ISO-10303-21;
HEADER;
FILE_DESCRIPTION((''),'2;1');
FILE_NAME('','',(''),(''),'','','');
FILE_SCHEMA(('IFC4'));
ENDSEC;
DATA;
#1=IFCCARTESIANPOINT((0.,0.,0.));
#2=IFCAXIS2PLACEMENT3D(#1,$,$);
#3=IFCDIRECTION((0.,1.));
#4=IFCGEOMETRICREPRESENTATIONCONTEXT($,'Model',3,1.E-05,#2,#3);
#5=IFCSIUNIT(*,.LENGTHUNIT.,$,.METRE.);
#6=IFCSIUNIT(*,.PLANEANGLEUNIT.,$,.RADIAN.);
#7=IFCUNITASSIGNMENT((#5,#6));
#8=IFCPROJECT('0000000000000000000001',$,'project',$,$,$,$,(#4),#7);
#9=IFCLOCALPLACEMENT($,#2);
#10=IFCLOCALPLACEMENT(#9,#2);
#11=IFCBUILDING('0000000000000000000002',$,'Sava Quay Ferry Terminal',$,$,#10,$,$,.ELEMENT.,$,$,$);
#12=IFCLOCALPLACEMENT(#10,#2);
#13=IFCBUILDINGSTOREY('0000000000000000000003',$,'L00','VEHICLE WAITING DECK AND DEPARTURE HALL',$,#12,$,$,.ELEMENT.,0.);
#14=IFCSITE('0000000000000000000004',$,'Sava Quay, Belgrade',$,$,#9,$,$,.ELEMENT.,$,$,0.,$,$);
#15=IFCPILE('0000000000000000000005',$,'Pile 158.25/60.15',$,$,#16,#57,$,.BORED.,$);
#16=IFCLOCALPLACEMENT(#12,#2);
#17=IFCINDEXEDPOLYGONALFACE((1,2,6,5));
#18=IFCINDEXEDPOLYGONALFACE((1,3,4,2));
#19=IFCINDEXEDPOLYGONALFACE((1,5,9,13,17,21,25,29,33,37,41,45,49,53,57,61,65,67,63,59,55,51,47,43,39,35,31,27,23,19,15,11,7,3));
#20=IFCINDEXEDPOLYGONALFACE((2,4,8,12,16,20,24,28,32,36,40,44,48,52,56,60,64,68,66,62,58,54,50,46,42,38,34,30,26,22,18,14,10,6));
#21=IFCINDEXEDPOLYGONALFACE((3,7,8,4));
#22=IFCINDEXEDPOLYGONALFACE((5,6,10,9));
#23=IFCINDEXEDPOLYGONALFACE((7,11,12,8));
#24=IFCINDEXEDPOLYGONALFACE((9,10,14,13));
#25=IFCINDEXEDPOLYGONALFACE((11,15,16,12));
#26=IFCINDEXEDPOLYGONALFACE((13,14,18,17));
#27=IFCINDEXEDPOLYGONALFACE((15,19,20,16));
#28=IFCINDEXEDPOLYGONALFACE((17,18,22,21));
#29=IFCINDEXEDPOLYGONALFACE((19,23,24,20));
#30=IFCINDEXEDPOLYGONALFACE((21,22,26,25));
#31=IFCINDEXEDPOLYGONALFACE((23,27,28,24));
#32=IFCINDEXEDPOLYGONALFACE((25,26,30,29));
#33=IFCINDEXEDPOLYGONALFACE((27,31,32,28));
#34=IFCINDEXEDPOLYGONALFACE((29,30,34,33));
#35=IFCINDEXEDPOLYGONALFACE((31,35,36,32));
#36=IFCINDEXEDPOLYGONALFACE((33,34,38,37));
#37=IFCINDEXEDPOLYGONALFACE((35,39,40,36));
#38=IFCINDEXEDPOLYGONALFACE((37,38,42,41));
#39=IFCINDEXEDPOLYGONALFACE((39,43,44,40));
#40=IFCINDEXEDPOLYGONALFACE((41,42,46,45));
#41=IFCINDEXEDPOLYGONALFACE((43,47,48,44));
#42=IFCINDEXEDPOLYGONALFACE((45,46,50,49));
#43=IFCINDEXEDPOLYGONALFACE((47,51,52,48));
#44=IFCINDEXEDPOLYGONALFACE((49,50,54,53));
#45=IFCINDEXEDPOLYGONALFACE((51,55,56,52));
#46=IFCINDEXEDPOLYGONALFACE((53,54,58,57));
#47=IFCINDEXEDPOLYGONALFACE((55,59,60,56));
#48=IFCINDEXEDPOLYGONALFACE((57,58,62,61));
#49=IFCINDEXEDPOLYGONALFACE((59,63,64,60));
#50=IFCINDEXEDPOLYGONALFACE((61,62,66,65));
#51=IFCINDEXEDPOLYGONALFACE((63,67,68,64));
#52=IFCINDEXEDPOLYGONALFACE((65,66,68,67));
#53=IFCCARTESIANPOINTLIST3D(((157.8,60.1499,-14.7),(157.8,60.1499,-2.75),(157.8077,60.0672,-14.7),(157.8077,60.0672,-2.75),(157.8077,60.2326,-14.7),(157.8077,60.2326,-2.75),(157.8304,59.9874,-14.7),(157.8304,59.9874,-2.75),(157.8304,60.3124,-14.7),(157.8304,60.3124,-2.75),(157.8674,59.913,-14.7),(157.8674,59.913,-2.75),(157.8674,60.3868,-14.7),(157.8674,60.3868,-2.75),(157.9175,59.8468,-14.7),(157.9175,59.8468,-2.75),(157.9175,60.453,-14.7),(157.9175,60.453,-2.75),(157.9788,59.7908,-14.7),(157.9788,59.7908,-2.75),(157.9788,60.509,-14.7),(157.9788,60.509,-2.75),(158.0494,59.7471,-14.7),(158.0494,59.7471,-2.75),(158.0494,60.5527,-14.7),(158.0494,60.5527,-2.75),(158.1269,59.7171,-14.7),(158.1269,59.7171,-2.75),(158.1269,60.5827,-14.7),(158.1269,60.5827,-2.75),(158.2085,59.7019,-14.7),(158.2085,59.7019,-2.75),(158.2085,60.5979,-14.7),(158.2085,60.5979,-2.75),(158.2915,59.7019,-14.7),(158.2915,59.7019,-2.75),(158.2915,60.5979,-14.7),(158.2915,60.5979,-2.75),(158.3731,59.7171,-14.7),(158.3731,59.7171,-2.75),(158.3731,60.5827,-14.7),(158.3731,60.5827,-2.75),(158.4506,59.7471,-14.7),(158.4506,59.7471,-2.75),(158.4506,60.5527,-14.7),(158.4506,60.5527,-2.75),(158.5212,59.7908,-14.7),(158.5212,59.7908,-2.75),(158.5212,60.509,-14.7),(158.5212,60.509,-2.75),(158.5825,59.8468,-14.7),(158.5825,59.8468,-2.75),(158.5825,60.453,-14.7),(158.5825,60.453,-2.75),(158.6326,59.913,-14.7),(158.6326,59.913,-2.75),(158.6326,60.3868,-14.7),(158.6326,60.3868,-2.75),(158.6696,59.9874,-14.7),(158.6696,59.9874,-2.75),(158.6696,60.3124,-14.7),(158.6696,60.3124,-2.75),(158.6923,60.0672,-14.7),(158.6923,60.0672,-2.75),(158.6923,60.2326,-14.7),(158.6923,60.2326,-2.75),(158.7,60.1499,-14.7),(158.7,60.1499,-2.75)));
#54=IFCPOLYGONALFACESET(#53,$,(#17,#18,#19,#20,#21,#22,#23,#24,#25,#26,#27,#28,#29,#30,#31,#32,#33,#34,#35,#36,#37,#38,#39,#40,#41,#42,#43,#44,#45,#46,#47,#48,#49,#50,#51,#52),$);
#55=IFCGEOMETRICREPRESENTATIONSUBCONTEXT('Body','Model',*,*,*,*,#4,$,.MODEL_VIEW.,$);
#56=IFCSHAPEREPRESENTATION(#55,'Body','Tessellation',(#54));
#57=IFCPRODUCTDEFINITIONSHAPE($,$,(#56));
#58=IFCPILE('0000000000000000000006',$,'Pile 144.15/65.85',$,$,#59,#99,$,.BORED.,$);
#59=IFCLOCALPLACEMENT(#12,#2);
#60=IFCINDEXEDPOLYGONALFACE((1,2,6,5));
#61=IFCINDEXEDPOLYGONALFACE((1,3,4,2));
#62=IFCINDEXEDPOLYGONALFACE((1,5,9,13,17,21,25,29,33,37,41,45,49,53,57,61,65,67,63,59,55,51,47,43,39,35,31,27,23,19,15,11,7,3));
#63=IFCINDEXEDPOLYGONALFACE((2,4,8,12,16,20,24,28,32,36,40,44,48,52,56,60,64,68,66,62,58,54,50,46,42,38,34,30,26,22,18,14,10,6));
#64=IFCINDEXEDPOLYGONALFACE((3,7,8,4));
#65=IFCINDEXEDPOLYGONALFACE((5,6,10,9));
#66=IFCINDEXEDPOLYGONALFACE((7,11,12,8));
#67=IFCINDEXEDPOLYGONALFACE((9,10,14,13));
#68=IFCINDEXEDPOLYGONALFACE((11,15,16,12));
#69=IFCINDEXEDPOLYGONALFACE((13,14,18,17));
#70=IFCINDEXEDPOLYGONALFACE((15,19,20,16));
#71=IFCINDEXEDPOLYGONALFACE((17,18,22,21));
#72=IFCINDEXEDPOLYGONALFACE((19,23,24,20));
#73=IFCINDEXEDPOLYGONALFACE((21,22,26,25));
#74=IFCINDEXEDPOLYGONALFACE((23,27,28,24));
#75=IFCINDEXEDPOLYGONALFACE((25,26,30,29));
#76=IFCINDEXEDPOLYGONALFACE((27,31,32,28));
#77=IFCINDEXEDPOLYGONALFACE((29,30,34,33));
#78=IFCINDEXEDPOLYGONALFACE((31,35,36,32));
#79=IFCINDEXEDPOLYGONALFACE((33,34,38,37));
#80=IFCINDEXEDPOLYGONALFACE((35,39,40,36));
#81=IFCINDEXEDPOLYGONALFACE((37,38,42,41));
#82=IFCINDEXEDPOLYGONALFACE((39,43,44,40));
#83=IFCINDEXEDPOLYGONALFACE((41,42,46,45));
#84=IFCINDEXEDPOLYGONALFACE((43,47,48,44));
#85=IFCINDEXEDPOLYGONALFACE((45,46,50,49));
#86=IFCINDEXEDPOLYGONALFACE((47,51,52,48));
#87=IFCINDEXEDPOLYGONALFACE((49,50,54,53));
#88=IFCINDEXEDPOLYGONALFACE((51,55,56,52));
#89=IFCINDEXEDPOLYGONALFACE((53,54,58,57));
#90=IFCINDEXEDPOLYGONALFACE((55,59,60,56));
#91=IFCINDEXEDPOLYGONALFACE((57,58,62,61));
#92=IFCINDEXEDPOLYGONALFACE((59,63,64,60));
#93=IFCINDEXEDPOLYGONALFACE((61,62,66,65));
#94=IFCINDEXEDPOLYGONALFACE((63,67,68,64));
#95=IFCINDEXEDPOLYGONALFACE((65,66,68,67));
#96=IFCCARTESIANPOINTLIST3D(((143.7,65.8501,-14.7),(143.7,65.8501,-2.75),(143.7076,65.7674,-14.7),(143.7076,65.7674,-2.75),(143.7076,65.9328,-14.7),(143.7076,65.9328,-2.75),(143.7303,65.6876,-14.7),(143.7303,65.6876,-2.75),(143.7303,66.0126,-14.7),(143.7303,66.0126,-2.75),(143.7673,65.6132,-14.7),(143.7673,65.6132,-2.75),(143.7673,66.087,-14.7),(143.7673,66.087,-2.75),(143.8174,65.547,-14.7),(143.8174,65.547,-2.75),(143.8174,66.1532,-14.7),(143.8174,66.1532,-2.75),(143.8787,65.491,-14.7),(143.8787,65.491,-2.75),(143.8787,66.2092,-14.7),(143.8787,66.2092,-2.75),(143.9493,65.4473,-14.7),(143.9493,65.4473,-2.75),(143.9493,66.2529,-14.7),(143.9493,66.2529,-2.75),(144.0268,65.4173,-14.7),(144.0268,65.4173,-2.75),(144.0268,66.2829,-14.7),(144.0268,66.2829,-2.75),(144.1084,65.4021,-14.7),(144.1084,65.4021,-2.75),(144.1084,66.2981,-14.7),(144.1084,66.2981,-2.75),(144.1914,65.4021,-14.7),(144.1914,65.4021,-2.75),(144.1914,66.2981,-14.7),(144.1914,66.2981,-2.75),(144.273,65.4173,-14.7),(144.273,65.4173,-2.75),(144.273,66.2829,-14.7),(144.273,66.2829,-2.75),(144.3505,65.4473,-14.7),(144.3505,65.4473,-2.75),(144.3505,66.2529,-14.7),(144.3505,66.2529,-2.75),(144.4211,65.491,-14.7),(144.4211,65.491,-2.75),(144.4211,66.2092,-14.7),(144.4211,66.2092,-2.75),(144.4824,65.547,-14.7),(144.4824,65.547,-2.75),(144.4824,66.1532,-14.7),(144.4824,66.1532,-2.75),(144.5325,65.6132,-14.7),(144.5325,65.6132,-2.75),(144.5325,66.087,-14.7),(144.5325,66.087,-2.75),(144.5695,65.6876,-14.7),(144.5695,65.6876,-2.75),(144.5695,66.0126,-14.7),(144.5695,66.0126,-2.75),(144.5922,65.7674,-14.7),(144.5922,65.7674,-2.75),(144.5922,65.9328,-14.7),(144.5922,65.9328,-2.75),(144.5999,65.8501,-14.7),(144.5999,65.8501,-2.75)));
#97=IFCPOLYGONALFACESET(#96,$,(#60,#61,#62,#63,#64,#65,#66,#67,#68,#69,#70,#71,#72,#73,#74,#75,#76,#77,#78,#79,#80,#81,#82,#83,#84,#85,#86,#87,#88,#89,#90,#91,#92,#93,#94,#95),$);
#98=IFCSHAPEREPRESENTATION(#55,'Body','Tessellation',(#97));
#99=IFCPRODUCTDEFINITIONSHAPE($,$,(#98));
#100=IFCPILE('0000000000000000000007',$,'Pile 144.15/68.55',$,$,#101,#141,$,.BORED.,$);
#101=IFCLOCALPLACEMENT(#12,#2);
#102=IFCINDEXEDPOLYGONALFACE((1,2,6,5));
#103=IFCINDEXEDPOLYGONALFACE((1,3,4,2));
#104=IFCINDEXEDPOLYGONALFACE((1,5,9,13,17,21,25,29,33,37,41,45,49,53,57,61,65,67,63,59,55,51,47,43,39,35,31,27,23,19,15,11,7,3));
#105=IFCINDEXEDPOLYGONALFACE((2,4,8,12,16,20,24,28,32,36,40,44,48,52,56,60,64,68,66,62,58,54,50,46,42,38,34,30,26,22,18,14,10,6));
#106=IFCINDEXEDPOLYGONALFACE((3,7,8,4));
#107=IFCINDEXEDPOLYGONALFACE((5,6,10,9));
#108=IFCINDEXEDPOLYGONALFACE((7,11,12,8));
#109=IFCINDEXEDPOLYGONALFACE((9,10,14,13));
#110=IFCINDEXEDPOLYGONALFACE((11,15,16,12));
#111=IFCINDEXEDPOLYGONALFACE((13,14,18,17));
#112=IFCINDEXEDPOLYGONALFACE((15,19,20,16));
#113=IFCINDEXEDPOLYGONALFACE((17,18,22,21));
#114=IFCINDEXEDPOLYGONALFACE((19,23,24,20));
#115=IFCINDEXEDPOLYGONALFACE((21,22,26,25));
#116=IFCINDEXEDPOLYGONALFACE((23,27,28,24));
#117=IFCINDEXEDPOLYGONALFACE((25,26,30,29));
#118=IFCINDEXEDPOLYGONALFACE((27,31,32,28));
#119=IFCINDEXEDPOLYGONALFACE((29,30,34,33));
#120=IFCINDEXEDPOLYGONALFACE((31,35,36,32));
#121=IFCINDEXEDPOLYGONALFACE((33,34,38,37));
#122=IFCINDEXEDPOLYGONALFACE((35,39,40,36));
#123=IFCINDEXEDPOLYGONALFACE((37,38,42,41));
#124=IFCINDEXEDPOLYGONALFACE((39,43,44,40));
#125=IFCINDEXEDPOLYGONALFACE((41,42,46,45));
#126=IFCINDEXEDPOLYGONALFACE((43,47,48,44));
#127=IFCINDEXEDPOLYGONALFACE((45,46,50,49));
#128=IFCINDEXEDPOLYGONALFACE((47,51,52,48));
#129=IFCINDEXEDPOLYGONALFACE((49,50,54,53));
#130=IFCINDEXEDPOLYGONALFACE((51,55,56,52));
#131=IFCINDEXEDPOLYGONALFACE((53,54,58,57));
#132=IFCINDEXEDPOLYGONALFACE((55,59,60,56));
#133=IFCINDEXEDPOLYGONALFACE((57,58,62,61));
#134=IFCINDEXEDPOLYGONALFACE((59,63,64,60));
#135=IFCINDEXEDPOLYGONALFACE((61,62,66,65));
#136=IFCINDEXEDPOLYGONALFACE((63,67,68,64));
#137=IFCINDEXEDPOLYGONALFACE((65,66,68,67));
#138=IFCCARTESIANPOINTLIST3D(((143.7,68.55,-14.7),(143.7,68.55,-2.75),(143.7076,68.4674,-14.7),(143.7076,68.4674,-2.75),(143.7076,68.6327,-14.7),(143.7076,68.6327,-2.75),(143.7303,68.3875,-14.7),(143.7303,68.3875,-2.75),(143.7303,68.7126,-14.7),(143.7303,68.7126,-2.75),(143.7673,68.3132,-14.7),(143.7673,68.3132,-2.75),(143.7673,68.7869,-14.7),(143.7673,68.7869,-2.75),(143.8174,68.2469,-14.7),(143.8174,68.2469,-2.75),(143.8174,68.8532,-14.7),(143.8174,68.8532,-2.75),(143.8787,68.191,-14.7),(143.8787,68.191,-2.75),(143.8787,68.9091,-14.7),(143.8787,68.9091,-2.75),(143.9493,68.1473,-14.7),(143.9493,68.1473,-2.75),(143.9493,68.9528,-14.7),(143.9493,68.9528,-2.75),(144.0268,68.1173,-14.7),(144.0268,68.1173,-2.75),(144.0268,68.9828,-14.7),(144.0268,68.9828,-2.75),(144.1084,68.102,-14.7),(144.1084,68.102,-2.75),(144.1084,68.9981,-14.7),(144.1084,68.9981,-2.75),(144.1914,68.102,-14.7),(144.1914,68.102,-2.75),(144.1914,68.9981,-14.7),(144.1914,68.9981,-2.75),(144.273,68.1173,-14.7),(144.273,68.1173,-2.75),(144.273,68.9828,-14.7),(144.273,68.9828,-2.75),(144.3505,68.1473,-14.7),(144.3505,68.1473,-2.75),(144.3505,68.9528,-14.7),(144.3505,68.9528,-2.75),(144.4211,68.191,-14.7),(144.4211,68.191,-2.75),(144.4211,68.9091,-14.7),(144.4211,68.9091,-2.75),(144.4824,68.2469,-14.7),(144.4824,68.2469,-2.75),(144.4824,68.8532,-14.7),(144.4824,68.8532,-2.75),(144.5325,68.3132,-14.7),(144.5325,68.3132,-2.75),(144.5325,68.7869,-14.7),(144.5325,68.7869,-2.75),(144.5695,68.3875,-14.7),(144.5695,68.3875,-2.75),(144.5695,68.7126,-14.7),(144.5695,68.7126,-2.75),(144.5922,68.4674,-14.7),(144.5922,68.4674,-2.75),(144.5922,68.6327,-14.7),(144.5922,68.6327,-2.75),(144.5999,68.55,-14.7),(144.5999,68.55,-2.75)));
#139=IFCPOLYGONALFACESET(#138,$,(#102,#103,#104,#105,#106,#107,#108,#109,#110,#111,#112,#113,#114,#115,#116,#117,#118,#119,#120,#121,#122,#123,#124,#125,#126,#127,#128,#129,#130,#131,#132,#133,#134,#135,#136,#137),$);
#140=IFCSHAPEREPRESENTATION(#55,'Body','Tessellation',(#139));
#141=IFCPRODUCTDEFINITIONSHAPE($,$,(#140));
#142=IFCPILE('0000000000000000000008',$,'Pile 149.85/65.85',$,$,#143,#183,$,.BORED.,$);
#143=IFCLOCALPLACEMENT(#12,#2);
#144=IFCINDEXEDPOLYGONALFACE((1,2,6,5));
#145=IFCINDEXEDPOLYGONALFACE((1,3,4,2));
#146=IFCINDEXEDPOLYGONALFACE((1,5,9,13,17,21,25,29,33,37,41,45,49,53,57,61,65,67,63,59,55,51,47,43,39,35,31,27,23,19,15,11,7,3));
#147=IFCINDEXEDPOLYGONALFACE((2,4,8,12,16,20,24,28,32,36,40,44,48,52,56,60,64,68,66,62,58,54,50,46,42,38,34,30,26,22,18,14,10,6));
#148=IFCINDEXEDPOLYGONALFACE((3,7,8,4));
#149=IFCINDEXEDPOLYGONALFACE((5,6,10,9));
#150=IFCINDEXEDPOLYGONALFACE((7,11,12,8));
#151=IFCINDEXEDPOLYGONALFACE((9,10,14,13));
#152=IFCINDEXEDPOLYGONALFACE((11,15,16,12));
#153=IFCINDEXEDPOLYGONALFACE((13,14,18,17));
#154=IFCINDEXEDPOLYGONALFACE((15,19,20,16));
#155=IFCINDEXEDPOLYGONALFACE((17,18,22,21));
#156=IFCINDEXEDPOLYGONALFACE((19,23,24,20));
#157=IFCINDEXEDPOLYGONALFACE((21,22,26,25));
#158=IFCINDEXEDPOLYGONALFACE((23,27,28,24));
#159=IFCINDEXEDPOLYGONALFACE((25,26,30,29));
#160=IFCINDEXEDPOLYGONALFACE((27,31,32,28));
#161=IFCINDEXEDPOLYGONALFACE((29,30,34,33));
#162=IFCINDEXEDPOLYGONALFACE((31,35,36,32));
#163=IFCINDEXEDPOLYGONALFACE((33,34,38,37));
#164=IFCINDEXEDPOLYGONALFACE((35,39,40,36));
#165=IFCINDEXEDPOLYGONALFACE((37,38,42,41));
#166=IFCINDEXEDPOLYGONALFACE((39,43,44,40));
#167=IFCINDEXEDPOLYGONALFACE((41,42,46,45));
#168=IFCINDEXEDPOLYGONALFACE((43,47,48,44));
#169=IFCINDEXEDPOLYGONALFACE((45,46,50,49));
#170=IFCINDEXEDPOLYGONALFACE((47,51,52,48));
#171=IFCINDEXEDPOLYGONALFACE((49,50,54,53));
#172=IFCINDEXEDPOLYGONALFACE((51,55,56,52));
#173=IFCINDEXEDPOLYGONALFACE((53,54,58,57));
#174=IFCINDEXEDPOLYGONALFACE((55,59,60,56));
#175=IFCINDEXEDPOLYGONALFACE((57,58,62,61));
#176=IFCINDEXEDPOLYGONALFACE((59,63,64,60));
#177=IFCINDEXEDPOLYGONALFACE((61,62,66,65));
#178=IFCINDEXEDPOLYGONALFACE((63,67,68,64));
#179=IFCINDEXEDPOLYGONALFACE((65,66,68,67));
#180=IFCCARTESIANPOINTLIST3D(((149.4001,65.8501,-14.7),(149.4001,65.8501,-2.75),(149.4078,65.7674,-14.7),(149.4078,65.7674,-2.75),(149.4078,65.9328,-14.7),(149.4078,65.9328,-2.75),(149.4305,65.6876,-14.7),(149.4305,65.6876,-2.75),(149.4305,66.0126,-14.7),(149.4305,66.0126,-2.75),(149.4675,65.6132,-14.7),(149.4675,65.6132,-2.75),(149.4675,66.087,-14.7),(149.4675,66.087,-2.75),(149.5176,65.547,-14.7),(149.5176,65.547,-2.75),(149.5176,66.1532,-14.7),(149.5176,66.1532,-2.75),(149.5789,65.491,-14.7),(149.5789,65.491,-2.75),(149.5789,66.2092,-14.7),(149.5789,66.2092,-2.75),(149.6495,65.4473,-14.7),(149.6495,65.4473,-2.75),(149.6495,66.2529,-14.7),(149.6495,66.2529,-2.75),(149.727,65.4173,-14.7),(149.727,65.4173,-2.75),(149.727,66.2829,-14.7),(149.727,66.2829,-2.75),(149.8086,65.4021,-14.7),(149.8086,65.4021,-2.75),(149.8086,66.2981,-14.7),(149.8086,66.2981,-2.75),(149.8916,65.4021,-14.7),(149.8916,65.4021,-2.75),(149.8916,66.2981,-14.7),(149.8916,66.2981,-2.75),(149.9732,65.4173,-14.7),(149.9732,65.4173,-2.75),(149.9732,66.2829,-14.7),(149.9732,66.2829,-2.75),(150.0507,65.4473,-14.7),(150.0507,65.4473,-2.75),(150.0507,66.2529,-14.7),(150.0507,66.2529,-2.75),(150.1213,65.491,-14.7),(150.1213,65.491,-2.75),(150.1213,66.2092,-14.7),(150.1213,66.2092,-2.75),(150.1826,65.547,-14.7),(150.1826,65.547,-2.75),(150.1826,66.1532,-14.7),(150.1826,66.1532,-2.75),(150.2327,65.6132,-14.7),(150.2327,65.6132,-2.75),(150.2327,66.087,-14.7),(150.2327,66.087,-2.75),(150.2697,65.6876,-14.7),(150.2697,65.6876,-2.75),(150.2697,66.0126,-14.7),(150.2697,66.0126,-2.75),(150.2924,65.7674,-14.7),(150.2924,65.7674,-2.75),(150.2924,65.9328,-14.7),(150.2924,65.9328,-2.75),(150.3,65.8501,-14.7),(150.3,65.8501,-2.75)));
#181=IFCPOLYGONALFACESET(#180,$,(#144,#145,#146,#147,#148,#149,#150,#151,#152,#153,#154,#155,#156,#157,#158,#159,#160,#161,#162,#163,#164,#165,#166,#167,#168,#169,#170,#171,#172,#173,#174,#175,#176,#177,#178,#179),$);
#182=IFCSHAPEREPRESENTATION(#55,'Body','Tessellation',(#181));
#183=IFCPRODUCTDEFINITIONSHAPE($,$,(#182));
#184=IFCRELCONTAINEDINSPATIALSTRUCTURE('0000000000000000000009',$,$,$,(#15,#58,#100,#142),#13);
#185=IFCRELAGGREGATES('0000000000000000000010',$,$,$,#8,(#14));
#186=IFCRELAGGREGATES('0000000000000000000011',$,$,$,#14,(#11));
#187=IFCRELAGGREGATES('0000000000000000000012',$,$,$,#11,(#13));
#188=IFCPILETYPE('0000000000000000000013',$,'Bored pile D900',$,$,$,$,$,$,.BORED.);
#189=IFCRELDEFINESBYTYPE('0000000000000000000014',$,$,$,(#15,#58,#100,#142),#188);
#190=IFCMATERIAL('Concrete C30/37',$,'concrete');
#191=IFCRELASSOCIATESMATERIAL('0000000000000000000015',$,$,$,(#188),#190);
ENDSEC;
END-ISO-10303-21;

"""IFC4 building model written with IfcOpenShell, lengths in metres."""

from ifc_helpers import new_model, si_unit, direction, frame, origin, origin_2d, place, context, subcontext, project, spatial, circle, extrude, material, material_profile, profile_set, type_object, element, save


model = new_model("IFC4")

# Units and contexts
model_context = context("Model", 3, precision=1e-05, world=origin(), true_north=direction((0.0, 1.0)))
body_context = subcontext(model_context, "Body", "Model", "MODEL_VIEW")
ifc_project = project(units=[si_unit("LENGTHUNIT", "METRE"), si_unit("PLANEANGLEUNIT", "RADIAN")], contexts=[model_context])

# Site, building, storey
site_placement = place(None, origin())
site = spatial("IfcSite", under=ifc_project, at=site_placement, Name="Sava Quay, Belgrade", CompositionType="ELEMENT", RefElevation=0.0)
building_placement = place(site_placement, origin())
building = spatial("IfcBuilding", under=site, at=building_placement, Name="Sava Quay Ferry Terminal", CompositionType="ELEMENT")
storey_placement = place(building_placement, origin())
storey = spatial("IfcBuildingStorey", under=building, at=storey_placement, Name="L00", Description="VEHICLE WAITING DECK AND DEPARTURE HALL", CompositionType="ELEMENT", Elevation=0.0)

# Piles
ifc_material_1 = material(Name="Concrete C30/37", Category="concrete")
ifc_material_profile_1 = material_profile(ifc_material_1, circle(Radius=0.45, at=origin_2d()), Name="Bored pile D900")
ifc_profile_set_1 = profile_set([ifc_material_profile_1], Name="Concrete C30/37")
pile_type = type_object("IfcPileType", Name="Bored pile D900", PredefinedType="BORED", material=ifc_profile_set_1)
for number, where, z_axis, x_axis, name in (
    (1, (158.25, 60.1499, -2.75), (0.0, 0.0, -1.0), (1.0, 0.0, 0.0), "Pile 158.25/60.15"),
    (2, (144.1499, 65.8501, -2.75), (0.0, 0.0, -1.0), (1.0, 0.0, 0.0), "Pile 144.15/65.85"),
    (3, (144.1499, 68.55, -2.75), (0.0, 0.0, -1.0), (1.0, 0.0, 0.0), "Pile 144.15/68.55"),
    (4, (149.8501, 65.8501, -2.75), (0.0, 0.0, -1.0), (1.0, 0.0, 0.0), "Pile 149.85/65.85"),
):
    element("IfcPile", number, at=place(storey_placement, frame(where, z_axis=z_axis, x_axis=x_axis)), inside=storey, type_object=pile_type, Name=name, PredefinedType="BORED", context=body_context, shape_type="SweptSolid", body=[
        extrude(circle(Radius=0.45, at=origin_2d()), origin(), (0.0, 0.0, 1.0), 11.95),
    ])

save(model, "model.ifc")
